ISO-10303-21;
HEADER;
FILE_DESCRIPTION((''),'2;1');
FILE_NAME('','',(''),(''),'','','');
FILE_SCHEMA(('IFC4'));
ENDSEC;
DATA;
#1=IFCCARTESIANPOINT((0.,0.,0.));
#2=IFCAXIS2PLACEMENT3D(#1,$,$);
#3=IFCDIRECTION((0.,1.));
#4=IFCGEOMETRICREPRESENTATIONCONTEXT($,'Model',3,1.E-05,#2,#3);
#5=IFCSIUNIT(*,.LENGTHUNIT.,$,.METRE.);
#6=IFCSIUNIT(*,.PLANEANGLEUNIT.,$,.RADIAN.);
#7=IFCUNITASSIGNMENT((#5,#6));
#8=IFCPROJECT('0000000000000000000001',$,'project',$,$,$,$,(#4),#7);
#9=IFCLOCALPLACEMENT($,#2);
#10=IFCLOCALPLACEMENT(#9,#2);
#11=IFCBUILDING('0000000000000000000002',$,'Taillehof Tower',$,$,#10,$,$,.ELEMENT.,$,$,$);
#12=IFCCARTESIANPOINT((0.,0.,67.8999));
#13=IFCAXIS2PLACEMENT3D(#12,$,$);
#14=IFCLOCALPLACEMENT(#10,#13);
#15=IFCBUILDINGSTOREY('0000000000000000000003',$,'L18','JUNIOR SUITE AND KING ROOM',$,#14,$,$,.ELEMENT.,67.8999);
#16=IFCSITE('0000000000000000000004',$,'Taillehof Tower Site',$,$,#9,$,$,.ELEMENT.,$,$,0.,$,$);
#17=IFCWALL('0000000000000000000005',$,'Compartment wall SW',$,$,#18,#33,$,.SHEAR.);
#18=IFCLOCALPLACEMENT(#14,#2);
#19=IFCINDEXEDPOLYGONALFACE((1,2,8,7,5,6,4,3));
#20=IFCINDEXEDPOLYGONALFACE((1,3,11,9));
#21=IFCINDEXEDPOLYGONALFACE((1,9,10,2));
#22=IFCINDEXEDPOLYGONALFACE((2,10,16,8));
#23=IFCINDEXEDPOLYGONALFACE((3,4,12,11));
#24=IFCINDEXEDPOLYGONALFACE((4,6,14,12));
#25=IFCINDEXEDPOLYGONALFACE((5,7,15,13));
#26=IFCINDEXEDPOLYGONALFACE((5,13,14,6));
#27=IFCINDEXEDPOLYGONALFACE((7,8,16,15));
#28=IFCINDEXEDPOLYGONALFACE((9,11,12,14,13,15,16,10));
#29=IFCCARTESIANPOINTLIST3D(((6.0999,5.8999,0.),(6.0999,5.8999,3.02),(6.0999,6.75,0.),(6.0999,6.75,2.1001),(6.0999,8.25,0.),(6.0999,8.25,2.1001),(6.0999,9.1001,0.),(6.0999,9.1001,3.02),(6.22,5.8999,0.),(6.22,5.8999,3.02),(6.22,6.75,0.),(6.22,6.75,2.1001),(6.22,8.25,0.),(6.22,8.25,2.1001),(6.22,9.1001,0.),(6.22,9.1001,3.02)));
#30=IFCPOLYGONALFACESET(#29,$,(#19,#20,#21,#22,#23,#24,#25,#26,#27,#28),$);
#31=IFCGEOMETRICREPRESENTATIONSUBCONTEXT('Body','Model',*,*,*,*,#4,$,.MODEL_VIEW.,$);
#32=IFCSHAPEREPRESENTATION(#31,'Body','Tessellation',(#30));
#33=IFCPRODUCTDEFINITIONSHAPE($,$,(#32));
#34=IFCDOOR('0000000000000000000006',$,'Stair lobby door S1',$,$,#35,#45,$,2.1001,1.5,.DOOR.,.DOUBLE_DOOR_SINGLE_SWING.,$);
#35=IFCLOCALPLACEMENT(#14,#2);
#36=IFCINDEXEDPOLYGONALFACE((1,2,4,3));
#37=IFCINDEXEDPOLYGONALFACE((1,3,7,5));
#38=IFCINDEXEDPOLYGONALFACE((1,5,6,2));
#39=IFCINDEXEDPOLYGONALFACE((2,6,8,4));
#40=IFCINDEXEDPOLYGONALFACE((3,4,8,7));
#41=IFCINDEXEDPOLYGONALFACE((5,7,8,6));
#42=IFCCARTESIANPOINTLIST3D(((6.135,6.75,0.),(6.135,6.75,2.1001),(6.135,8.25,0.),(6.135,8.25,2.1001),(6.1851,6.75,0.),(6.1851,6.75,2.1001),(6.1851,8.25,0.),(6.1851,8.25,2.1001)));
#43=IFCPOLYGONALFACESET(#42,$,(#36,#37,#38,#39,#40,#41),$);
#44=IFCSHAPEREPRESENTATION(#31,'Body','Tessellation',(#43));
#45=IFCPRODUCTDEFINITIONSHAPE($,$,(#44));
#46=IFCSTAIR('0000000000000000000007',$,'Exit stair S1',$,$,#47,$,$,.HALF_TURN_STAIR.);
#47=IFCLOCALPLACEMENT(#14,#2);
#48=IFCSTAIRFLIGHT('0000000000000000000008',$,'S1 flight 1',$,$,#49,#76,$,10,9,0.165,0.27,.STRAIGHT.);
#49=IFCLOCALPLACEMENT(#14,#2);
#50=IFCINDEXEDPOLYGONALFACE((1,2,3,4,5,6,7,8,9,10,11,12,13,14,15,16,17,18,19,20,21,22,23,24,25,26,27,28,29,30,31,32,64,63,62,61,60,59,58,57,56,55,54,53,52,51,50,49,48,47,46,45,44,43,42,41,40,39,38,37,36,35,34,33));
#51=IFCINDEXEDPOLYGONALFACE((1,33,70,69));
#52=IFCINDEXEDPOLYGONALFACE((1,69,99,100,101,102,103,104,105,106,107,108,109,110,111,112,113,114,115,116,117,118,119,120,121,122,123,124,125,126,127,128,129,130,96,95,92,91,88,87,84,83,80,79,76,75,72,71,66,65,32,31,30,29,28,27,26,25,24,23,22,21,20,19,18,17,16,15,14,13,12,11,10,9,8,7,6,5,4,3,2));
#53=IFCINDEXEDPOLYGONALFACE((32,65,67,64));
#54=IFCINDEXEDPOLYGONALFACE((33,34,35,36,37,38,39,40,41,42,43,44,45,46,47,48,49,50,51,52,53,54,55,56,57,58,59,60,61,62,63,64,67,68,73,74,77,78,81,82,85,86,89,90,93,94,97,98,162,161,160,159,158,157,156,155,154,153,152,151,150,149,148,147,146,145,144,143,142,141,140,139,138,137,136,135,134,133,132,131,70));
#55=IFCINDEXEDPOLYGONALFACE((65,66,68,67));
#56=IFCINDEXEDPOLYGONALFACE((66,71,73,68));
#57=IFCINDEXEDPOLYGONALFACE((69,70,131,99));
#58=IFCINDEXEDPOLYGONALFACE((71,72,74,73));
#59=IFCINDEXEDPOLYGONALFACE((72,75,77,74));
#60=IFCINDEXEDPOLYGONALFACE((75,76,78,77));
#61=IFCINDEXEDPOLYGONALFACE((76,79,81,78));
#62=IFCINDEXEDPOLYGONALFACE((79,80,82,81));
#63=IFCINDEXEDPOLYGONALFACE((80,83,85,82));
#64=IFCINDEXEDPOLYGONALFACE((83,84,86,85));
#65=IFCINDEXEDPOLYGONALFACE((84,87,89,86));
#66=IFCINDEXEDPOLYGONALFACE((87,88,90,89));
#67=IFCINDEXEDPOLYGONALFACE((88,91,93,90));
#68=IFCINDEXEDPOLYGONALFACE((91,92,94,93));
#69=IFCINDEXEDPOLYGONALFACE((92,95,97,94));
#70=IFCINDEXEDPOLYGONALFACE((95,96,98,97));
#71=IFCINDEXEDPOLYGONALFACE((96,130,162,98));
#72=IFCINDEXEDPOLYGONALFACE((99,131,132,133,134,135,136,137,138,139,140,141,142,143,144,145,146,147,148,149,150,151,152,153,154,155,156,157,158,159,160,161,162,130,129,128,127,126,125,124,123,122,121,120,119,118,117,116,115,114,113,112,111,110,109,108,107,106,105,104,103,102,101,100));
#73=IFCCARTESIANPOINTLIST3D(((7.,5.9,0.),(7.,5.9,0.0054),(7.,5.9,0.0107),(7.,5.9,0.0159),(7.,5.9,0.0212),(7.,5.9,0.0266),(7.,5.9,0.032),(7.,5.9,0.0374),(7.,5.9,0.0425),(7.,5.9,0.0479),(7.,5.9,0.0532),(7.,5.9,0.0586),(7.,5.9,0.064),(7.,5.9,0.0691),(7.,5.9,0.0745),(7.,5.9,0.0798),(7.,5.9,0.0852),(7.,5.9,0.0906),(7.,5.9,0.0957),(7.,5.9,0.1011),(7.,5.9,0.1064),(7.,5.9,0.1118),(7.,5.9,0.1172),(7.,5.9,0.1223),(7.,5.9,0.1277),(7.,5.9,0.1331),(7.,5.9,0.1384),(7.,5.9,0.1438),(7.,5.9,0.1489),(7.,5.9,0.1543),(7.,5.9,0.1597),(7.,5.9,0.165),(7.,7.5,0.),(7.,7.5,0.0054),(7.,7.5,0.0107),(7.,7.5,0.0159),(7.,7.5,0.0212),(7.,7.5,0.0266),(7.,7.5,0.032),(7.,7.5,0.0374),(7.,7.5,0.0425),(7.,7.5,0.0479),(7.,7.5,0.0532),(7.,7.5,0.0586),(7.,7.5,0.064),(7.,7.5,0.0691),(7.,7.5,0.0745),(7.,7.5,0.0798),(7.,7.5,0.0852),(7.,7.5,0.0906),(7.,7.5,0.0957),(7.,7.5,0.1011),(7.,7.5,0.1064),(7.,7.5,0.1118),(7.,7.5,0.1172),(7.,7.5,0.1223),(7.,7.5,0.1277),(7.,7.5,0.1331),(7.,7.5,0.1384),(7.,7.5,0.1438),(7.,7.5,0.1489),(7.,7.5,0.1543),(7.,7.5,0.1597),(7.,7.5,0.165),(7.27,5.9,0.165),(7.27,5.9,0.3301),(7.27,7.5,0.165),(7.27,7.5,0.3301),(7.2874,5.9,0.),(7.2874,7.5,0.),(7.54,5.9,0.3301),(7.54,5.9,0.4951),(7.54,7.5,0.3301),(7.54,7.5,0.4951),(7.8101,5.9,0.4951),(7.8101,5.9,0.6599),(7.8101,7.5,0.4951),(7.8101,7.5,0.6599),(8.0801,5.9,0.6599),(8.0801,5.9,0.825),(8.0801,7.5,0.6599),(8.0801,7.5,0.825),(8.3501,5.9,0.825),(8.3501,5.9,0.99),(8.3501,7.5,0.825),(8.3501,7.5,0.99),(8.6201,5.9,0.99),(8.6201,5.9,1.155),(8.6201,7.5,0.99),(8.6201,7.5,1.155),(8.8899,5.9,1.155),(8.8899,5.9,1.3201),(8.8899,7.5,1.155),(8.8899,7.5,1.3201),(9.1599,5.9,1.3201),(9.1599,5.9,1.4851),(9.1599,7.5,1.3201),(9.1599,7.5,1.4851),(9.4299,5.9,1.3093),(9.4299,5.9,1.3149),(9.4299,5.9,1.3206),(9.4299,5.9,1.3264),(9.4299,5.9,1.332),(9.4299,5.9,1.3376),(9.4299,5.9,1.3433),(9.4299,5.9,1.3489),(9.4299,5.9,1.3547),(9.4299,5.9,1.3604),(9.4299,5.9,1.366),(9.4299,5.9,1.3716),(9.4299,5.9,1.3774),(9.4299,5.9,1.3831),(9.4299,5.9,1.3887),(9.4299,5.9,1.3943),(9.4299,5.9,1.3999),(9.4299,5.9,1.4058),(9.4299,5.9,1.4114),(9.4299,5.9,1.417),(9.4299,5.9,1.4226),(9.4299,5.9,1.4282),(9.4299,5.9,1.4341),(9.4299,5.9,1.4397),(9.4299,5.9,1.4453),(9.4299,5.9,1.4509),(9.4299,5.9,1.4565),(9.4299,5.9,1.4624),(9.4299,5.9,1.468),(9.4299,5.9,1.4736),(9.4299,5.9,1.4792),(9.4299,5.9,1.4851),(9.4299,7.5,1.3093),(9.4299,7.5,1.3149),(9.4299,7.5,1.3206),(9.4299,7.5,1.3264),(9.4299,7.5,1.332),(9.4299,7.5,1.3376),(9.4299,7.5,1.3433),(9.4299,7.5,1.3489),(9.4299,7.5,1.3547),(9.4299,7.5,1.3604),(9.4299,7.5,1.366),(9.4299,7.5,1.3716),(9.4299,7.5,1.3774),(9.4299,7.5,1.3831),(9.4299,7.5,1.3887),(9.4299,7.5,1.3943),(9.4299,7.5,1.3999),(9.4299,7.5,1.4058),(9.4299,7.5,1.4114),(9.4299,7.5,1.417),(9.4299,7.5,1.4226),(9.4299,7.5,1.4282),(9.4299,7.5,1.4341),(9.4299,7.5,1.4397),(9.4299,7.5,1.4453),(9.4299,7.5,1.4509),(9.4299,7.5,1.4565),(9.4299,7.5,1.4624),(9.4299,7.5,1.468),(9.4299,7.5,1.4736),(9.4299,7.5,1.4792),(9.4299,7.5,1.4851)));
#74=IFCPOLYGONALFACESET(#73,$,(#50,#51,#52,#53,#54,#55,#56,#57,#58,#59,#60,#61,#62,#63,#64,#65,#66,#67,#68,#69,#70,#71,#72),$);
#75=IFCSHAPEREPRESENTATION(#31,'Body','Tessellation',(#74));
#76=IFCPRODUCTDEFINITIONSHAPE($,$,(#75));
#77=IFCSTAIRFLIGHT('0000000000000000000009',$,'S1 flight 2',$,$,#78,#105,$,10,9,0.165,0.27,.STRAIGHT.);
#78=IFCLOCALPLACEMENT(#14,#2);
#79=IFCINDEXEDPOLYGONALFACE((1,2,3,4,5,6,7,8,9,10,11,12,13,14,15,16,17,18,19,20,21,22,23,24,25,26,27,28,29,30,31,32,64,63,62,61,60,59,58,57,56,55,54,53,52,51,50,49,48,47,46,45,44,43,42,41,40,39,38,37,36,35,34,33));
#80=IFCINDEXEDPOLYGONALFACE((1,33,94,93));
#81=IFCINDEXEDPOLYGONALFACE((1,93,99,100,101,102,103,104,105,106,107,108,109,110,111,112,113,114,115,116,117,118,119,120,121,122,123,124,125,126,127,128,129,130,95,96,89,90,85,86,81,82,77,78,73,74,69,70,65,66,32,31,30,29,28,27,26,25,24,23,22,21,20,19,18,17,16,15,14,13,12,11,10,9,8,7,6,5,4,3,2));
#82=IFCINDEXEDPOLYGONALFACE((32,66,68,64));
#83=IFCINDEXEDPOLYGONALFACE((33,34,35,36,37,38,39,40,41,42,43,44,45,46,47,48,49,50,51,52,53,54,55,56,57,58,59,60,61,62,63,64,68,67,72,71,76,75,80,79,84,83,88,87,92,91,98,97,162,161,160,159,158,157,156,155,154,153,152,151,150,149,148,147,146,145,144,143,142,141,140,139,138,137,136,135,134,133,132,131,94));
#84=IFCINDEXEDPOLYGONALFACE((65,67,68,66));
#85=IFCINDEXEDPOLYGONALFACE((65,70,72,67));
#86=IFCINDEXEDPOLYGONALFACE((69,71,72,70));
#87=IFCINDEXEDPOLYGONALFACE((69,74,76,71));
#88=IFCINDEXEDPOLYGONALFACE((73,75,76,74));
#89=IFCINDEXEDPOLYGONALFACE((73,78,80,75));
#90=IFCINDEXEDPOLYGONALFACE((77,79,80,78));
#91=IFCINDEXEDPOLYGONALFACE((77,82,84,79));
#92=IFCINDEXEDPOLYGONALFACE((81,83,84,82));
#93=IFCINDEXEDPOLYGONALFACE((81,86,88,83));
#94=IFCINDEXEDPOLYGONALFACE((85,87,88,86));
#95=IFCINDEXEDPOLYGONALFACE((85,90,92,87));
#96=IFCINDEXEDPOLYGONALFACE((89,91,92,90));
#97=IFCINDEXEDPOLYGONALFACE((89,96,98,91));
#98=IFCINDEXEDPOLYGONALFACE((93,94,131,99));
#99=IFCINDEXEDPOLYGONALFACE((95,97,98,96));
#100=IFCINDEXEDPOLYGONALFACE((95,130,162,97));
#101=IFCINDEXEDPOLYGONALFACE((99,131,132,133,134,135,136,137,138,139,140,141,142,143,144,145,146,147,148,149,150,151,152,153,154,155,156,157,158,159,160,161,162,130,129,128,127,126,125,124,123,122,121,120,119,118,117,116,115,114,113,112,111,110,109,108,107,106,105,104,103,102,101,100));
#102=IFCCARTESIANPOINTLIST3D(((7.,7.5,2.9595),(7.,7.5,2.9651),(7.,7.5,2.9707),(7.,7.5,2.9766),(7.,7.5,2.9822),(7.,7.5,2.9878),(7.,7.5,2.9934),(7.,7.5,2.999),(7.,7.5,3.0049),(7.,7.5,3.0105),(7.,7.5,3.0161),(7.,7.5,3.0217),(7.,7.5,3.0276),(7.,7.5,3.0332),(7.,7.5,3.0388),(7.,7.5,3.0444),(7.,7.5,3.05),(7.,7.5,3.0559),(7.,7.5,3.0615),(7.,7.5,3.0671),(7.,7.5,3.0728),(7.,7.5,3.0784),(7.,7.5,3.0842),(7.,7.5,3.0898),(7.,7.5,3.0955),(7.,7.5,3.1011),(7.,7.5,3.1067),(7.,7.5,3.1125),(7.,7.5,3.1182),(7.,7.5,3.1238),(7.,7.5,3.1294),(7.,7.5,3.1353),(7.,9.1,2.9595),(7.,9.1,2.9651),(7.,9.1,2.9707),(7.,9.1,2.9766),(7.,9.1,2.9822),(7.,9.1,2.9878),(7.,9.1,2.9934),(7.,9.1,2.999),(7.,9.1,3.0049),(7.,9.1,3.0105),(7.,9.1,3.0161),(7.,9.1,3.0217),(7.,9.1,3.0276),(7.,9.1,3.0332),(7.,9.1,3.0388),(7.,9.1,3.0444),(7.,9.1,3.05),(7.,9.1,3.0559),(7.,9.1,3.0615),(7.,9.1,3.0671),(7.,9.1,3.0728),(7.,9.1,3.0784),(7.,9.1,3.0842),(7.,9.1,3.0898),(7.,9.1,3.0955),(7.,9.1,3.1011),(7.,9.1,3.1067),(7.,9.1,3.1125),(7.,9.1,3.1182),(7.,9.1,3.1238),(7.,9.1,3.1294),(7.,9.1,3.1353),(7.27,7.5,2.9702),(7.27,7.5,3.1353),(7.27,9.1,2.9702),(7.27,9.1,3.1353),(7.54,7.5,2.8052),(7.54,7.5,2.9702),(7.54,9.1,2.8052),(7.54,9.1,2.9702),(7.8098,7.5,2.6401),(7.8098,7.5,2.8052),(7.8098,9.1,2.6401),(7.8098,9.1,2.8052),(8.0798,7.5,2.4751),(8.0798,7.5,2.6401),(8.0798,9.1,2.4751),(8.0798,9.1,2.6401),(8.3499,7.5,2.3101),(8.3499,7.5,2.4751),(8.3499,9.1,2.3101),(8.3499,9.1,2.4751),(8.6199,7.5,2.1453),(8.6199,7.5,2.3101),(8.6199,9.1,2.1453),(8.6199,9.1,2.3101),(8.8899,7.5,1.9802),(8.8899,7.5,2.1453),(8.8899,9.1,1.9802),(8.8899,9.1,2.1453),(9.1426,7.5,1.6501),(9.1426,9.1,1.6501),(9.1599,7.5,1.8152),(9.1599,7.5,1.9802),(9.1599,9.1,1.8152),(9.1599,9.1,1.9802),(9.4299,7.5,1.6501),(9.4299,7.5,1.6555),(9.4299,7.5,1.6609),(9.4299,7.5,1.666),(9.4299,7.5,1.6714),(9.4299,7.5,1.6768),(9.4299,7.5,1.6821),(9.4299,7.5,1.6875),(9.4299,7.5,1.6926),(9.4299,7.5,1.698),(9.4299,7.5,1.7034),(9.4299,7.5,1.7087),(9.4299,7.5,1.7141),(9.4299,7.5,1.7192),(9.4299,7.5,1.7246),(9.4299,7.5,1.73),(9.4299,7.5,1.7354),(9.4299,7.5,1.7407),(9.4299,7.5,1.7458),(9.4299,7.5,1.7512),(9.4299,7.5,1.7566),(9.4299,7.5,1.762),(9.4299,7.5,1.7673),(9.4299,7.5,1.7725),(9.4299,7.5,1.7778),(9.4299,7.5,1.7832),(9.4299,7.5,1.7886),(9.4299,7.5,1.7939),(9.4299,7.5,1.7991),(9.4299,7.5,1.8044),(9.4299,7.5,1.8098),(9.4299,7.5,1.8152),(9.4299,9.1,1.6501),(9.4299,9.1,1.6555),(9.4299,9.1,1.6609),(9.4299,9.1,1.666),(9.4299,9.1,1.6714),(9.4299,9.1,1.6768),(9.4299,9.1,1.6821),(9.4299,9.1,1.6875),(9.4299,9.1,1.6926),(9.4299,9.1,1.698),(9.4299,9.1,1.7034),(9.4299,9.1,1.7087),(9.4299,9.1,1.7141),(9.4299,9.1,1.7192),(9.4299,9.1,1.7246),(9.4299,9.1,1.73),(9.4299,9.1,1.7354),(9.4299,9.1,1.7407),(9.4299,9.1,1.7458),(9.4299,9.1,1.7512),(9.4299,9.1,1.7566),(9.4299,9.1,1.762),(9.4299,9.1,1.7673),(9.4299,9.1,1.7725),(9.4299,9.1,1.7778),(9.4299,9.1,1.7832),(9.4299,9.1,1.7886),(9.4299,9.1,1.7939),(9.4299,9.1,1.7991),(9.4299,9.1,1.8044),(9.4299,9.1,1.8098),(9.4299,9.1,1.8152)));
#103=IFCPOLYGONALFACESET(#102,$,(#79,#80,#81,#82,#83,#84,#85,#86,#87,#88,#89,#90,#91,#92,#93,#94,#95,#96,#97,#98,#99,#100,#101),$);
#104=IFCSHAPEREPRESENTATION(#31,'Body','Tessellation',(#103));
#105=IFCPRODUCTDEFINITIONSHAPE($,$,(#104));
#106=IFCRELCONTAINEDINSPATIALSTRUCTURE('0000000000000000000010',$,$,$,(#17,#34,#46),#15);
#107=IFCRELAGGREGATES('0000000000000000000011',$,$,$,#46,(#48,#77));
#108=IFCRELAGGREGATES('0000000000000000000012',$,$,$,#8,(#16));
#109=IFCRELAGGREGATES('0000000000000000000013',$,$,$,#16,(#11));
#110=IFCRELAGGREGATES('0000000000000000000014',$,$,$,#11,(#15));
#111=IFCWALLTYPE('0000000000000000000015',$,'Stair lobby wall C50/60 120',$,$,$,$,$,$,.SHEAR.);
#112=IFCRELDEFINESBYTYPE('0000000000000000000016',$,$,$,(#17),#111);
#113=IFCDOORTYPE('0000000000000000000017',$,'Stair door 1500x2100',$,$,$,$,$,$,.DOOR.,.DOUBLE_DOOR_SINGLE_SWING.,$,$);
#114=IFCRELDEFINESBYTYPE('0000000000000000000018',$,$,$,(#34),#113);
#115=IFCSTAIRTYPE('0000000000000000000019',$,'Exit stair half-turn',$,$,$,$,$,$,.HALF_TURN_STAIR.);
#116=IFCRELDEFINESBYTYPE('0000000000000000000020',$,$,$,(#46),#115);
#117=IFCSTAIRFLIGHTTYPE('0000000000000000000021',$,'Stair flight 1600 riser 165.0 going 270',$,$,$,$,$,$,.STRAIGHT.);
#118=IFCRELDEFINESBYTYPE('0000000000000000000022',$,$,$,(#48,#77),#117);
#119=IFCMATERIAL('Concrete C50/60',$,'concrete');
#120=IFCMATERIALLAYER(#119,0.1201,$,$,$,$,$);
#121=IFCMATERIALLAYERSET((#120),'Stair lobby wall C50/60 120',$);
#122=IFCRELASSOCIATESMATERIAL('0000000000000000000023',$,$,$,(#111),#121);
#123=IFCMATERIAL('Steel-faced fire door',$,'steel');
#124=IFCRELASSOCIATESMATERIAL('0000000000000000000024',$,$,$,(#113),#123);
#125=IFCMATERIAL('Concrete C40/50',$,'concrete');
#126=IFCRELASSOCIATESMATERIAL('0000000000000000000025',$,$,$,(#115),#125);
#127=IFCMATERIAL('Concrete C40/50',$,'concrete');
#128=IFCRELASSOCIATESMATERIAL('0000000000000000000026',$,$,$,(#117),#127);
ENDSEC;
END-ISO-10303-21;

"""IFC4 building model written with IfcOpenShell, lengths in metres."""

from ifc_helpers import new_model, si_unit, direction, frame, frame_2d, origin, place, context, subcontext, project, spatial, polyline, rectangle, outline, extrude, material, layer, layer_set, type_object, element, fill, aggregate, save


model = new_model("IFC4")

# Units and contexts
model_context = context("Model", 3, precision=1e-05, world=origin(), true_north=direction((0.0, 1.0)))
body_context = subcontext(model_context, "Body", "Model", "MODEL_VIEW")
ifc_project = project(units=[si_unit("LENGTHUNIT", "METRE"), si_unit("PLANEANGLEUNIT", "RADIAN")], contexts=[model_context])

# Site, building, storey
site_placement = place(None, origin())
site = spatial("IfcSite", under=ifc_project, at=site_placement, Name="Taillehof Tower Site", CompositionType="ELEMENT", RefElevation=0.0)
building_placement = place(site_placement, origin())
building = spatial("IfcBuilding", under=site, at=building_placement, Name="Taillehof Tower", CompositionType="ELEMENT")
storey_placement = place(building_placement, frame((0.0, 0.0, 67.8999)))
storey = spatial("IfcBuildingStorey", under=building, at=storey_placement, Name="L18", Description="JUNIOR SUITE AND KING ROOM", CompositionType="ELEMENT", Elevation=67.8999)

# Wall, opening, door
ifc_material_1 = material(Name="Concrete C50/60", Category="concrete")
ifc_layer_1 = layer(ifc_material_1, 0.1201)
ifc_layer_set_1 = layer_set([ifc_layer_1], Name="Stair lobby wall C50/60 120")
wall_type_1 = type_object("IfcWallType", Name="Stair lobby wall C50/60 120", PredefinedType="SHEAR", material=ifc_layer_set_1)
wall_1_placement = place(storey_placement, frame((6.1599, 5.8999, 0.0), z_axis=(0.0, 0.0, 1.0), x_axis=(0.0, 1.0, 0.0)))
wall_1 = element("IfcWall", 1, at=wall_1_placement, inside=storey, type_object=wall_type_1, Name="Compartment wall SW", PredefinedType="SHEAR", context=body_context, shape_type="SweptSolid", body=[
    extrude(rectangle(XDim=3.2002, YDim=0.1201, at=frame_2d((1.6001, 0.0))), origin(), (0.0, 0.0, 1.0), 3.02),
])
opening_1_placement = place(wall_1_placement, frame((0.8501, 0.0, 0.0)))
opening_1 = element("IfcOpeningElement", 2, at=opening_1_placement, cuts=wall_1, PredefinedType="OPENING", context=body_context, shape_type="SweptSolid", body=[
    extrude(rectangle(XDim=1.5, YDim=2.1001, at=frame_2d((0.75, 1.05))), frame((0.0, 0.0701, 0.0), z_axis=(0.0, -1.0, 0.0), x_axis=(1.0, 0.0, 0.0)), (0.0, 0.0, 1.0), 0.1401),
])
ifc_material_2 = material(Name="Steel-faced fire door", Category="steel")
door_type_1 = type_object("IfcDoorType", Name="Stair door 1500x2100", OperationType="DOUBLE_DOOR_SINGLE_SWING", PredefinedType="DOOR", material=ifc_material_2)
door_1_placement = place(opening_1_placement, origin())
door_1 = element("IfcDoor", 3, at=door_1_placement, inside=storey, type_object=door_type_1, Name="Stair lobby door S1", OperationType="DOUBLE_DOOR_SINGLE_SWING", OverallHeight=2.1001, OverallWidth=1.5, PredefinedType="DOOR", context=body_context, shape_type="SweptSolid", body=[
    extrude(rectangle(XDim=1.5, YDim=2.1001, at=frame_2d((0.75, 1.05))), frame((0.0, 0.0249, 0.0), z_axis=(0.0, -1.0, 0.0), x_axis=(1.0, 0.0, 0.0)), (0.0, 0.0, 1.0), 0.05),
])
fill(opening_1, door_1)

# Stair, stair flights
ifc_material_3 = material(Name="Concrete C40/50", Category="concrete")
stair_type = type_object("IfcStairType", Name="Exit stair half-turn", PredefinedType="HALF_TURN_STAIR", material=ifc_material_3)
stair_placement = place(storey_placement, origin())
stair = element("IfcStair", 4, at=stair_placement, inside=storey, type_object=stair_type, Name="Exit stair S1", PredefinedType="HALF_TURN_STAIR")
ifc_material_4 = material(Name="Concrete C40/50", Category="concrete")
stair_flight_type = type_object("IfcStairFlightType", Name="Stair flight 1600 riser 165.0 going 270", PredefinedType="STRAIGHT", material=ifc_material_4)
stair_flight_1_placement = place(storey_placement, frame((7.0, 6.7, 0.0), z_axis=(0.0, 0.0, 1.0), x_axis=(1.0, 0.0, 0.0)))
stair_flight_1 = element("IfcStairFlight", 5, at=stair_flight_1_placement, type_object=stair_flight_type, Name="S1 flight 1", NumberOfRisers=10, NumberOfTreads=9, PredefinedType="STRAIGHT", RiserHeight=0.165, TreadLength=0.27, context=body_context, shape_type="SweptSolid", body=[
    extrude(outline(polyline([(0.0, 0.0), (0.0, 0.0054), (0.0, 0.0107), (0.0, 0.0159), (0.0, 0.0212), (0.0, 0.0266), (0.0, 0.032), (0.0, 0.0374), (0.0, 0.0425), (0.0, 0.0479), (0.0, 0.0532), (0.0, 0.0586), (0.0, 0.064), (0.0, 0.0691), (0.0, 0.0745), (0.0, 0.0798), (0.0, 0.0852), (0.0, 0.0906), (0.0, 0.0957), (0.0, 0.1011), (0.0, 0.1064), (0.0, 0.1118), (0.0, 0.1172), (0.0, 0.1223), (0.0, 0.1277), (0.0, 0.1331), (0.0, 0.1384), (0.0, 0.1438), (0.0, 0.1489), (0.0, 0.1543), (0.0, 0.1597), (0.0, 0.165), (0.27, 0.165), (0.27, 0.3301), (0.54, 0.3301), (0.54, 0.4951), (0.8101, 0.4951), (0.8101, 0.6599), (1.0801, 0.6599), (1.0801, 0.825), (1.3501, 0.825), (1.3501, 0.99), (1.6201, 0.99), (1.6201, 1.155), (1.8899, 1.155), (1.8899, 1.3201), (2.1599, 1.3201), (2.1599, 1.4851), (2.4299, 1.4851), (2.4299, 1.4792), (2.4299, 1.4736), (2.4299, 1.468), (2.4299, 1.4624), (2.4299, 1.4565), (2.4299, 1.4509), (2.4299, 1.4453), (2.4299, 1.4397), (2.4299, 1.4341), (2.4299, 1.4282), (2.4299, 1.4226), (2.4299, 1.417), (2.4299, 1.4114), (2.4299, 1.4058), (2.4299, 1.3999), (2.4299, 1.3943), (2.4299, 1.3887), (2.4299, 1.3831), (2.4299, 1.3774), (2.4299, 1.3716), (2.4299, 1.366), (2.4299, 1.3604), (2.4299, 1.3547), (2.4299, 1.3489), (2.4299, 1.3433), (2.4299, 1.3376), (2.4299, 1.332), (2.4299, 1.3264), (2.4299, 1.3206), (2.4299, 1.3149), (2.4299, 1.3093), (0.2874, 0.0), (0.0, 0.0)])), frame((0.0, 0.8, 0.0), z_axis=(0.0, -1.0, 0.0), x_axis=(1.0, 0.0, 0.0)), (0.0, 0.0, 1.0), 1.6),
])
stair_flight_2_placement = place(storey_placement, frame((9.4299, 8.3, 1.6501), z_axis=(0.0, 0.0, 1.0), x_axis=(-1.0, 0.0, 0.0)))
stair_flight_2 = element("IfcStairFlight", 6, at=stair_flight_2_placement, type_object=stair_flight_type, Name="S1 flight 2", NumberOfRisers=10, NumberOfTreads=9, PredefinedType="STRAIGHT", RiserHeight=0.165, TreadLength=0.27, context=body_context, shape_type="SweptSolid", body=[
    extrude(outline(polyline([(0.0, 0.0), (0.0, 0.0054), (0.0, 0.0107), (0.0, 0.0159), (0.0, 0.0212), (0.0, 0.0266), (0.0, 0.032), (0.0, 0.0374), (0.0, 0.0425), (0.0, 0.0479), (0.0, 0.0532), (0.0, 0.0586), (0.0, 0.064), (0.0, 0.0691), (0.0, 0.0745), (0.0, 0.0798), (0.0, 0.0852), (0.0, 0.0906), (0.0, 0.0957), (0.0, 0.1011), (0.0, 0.1064), (0.0, 0.1118), (0.0, 0.1172), (0.0, 0.1223), (0.0, 0.1277), (0.0, 0.1331), (0.0, 0.1384), (0.0, 0.1438), (0.0, 0.1489), (0.0, 0.1543), (0.0, 0.1597), (0.0, 0.165), (0.27, 0.165), (0.27, 0.3301), (0.54, 0.3301), (0.54, 0.4951), (0.8101, 0.4951), (0.8101, 0.6599), (1.0801, 0.6599), (1.0801, 0.825), (1.3501, 0.825), (1.3501, 0.99), (1.6201, 0.99), (1.6201, 1.155), (1.8899, 1.155), (1.8899, 1.3201), (2.1599, 1.3201), (2.1599, 1.4851), (2.4299, 1.4851), (2.4299, 1.4792), (2.4299, 1.4736), (2.4299, 1.468), (2.4299, 1.4624), (2.4299, 1.4565), (2.4299, 1.4509), (2.4299, 1.4453), (2.4299, 1.4397), (2.4299, 1.4341), (2.4299, 1.4282), (2.4299, 1.4226), (2.4299, 1.417), (2.4299, 1.4114), (2.4299, 1.4058), (2.4299, 1.3999), (2.4299, 1.3943), (2.4299, 1.3887), (2.4299, 1.3831), (2.4299, 1.3774), (2.4299, 1.3716), (2.4299, 1.366), (2.4299, 1.3604), (2.4299, 1.3547), (2.4299, 1.3489), (2.4299, 1.3433), (2.4299, 1.3376), (2.4299, 1.332), (2.4299, 1.3264), (2.4299, 1.3206), (2.4299, 1.3149), (2.4299, 1.3093), (0.2874, 0.0), (0.0, 0.0)])), frame((0.0, 0.8, 0.0), z_axis=(0.0, -1.0, 0.0), x_axis=(1.0, 0.0, 0.0)), (0.0, 0.0, 1.0), 1.6),
])
aggregate(stair, [stair_flight_1, stair_flight_2])

save(model, "model.ifc")
